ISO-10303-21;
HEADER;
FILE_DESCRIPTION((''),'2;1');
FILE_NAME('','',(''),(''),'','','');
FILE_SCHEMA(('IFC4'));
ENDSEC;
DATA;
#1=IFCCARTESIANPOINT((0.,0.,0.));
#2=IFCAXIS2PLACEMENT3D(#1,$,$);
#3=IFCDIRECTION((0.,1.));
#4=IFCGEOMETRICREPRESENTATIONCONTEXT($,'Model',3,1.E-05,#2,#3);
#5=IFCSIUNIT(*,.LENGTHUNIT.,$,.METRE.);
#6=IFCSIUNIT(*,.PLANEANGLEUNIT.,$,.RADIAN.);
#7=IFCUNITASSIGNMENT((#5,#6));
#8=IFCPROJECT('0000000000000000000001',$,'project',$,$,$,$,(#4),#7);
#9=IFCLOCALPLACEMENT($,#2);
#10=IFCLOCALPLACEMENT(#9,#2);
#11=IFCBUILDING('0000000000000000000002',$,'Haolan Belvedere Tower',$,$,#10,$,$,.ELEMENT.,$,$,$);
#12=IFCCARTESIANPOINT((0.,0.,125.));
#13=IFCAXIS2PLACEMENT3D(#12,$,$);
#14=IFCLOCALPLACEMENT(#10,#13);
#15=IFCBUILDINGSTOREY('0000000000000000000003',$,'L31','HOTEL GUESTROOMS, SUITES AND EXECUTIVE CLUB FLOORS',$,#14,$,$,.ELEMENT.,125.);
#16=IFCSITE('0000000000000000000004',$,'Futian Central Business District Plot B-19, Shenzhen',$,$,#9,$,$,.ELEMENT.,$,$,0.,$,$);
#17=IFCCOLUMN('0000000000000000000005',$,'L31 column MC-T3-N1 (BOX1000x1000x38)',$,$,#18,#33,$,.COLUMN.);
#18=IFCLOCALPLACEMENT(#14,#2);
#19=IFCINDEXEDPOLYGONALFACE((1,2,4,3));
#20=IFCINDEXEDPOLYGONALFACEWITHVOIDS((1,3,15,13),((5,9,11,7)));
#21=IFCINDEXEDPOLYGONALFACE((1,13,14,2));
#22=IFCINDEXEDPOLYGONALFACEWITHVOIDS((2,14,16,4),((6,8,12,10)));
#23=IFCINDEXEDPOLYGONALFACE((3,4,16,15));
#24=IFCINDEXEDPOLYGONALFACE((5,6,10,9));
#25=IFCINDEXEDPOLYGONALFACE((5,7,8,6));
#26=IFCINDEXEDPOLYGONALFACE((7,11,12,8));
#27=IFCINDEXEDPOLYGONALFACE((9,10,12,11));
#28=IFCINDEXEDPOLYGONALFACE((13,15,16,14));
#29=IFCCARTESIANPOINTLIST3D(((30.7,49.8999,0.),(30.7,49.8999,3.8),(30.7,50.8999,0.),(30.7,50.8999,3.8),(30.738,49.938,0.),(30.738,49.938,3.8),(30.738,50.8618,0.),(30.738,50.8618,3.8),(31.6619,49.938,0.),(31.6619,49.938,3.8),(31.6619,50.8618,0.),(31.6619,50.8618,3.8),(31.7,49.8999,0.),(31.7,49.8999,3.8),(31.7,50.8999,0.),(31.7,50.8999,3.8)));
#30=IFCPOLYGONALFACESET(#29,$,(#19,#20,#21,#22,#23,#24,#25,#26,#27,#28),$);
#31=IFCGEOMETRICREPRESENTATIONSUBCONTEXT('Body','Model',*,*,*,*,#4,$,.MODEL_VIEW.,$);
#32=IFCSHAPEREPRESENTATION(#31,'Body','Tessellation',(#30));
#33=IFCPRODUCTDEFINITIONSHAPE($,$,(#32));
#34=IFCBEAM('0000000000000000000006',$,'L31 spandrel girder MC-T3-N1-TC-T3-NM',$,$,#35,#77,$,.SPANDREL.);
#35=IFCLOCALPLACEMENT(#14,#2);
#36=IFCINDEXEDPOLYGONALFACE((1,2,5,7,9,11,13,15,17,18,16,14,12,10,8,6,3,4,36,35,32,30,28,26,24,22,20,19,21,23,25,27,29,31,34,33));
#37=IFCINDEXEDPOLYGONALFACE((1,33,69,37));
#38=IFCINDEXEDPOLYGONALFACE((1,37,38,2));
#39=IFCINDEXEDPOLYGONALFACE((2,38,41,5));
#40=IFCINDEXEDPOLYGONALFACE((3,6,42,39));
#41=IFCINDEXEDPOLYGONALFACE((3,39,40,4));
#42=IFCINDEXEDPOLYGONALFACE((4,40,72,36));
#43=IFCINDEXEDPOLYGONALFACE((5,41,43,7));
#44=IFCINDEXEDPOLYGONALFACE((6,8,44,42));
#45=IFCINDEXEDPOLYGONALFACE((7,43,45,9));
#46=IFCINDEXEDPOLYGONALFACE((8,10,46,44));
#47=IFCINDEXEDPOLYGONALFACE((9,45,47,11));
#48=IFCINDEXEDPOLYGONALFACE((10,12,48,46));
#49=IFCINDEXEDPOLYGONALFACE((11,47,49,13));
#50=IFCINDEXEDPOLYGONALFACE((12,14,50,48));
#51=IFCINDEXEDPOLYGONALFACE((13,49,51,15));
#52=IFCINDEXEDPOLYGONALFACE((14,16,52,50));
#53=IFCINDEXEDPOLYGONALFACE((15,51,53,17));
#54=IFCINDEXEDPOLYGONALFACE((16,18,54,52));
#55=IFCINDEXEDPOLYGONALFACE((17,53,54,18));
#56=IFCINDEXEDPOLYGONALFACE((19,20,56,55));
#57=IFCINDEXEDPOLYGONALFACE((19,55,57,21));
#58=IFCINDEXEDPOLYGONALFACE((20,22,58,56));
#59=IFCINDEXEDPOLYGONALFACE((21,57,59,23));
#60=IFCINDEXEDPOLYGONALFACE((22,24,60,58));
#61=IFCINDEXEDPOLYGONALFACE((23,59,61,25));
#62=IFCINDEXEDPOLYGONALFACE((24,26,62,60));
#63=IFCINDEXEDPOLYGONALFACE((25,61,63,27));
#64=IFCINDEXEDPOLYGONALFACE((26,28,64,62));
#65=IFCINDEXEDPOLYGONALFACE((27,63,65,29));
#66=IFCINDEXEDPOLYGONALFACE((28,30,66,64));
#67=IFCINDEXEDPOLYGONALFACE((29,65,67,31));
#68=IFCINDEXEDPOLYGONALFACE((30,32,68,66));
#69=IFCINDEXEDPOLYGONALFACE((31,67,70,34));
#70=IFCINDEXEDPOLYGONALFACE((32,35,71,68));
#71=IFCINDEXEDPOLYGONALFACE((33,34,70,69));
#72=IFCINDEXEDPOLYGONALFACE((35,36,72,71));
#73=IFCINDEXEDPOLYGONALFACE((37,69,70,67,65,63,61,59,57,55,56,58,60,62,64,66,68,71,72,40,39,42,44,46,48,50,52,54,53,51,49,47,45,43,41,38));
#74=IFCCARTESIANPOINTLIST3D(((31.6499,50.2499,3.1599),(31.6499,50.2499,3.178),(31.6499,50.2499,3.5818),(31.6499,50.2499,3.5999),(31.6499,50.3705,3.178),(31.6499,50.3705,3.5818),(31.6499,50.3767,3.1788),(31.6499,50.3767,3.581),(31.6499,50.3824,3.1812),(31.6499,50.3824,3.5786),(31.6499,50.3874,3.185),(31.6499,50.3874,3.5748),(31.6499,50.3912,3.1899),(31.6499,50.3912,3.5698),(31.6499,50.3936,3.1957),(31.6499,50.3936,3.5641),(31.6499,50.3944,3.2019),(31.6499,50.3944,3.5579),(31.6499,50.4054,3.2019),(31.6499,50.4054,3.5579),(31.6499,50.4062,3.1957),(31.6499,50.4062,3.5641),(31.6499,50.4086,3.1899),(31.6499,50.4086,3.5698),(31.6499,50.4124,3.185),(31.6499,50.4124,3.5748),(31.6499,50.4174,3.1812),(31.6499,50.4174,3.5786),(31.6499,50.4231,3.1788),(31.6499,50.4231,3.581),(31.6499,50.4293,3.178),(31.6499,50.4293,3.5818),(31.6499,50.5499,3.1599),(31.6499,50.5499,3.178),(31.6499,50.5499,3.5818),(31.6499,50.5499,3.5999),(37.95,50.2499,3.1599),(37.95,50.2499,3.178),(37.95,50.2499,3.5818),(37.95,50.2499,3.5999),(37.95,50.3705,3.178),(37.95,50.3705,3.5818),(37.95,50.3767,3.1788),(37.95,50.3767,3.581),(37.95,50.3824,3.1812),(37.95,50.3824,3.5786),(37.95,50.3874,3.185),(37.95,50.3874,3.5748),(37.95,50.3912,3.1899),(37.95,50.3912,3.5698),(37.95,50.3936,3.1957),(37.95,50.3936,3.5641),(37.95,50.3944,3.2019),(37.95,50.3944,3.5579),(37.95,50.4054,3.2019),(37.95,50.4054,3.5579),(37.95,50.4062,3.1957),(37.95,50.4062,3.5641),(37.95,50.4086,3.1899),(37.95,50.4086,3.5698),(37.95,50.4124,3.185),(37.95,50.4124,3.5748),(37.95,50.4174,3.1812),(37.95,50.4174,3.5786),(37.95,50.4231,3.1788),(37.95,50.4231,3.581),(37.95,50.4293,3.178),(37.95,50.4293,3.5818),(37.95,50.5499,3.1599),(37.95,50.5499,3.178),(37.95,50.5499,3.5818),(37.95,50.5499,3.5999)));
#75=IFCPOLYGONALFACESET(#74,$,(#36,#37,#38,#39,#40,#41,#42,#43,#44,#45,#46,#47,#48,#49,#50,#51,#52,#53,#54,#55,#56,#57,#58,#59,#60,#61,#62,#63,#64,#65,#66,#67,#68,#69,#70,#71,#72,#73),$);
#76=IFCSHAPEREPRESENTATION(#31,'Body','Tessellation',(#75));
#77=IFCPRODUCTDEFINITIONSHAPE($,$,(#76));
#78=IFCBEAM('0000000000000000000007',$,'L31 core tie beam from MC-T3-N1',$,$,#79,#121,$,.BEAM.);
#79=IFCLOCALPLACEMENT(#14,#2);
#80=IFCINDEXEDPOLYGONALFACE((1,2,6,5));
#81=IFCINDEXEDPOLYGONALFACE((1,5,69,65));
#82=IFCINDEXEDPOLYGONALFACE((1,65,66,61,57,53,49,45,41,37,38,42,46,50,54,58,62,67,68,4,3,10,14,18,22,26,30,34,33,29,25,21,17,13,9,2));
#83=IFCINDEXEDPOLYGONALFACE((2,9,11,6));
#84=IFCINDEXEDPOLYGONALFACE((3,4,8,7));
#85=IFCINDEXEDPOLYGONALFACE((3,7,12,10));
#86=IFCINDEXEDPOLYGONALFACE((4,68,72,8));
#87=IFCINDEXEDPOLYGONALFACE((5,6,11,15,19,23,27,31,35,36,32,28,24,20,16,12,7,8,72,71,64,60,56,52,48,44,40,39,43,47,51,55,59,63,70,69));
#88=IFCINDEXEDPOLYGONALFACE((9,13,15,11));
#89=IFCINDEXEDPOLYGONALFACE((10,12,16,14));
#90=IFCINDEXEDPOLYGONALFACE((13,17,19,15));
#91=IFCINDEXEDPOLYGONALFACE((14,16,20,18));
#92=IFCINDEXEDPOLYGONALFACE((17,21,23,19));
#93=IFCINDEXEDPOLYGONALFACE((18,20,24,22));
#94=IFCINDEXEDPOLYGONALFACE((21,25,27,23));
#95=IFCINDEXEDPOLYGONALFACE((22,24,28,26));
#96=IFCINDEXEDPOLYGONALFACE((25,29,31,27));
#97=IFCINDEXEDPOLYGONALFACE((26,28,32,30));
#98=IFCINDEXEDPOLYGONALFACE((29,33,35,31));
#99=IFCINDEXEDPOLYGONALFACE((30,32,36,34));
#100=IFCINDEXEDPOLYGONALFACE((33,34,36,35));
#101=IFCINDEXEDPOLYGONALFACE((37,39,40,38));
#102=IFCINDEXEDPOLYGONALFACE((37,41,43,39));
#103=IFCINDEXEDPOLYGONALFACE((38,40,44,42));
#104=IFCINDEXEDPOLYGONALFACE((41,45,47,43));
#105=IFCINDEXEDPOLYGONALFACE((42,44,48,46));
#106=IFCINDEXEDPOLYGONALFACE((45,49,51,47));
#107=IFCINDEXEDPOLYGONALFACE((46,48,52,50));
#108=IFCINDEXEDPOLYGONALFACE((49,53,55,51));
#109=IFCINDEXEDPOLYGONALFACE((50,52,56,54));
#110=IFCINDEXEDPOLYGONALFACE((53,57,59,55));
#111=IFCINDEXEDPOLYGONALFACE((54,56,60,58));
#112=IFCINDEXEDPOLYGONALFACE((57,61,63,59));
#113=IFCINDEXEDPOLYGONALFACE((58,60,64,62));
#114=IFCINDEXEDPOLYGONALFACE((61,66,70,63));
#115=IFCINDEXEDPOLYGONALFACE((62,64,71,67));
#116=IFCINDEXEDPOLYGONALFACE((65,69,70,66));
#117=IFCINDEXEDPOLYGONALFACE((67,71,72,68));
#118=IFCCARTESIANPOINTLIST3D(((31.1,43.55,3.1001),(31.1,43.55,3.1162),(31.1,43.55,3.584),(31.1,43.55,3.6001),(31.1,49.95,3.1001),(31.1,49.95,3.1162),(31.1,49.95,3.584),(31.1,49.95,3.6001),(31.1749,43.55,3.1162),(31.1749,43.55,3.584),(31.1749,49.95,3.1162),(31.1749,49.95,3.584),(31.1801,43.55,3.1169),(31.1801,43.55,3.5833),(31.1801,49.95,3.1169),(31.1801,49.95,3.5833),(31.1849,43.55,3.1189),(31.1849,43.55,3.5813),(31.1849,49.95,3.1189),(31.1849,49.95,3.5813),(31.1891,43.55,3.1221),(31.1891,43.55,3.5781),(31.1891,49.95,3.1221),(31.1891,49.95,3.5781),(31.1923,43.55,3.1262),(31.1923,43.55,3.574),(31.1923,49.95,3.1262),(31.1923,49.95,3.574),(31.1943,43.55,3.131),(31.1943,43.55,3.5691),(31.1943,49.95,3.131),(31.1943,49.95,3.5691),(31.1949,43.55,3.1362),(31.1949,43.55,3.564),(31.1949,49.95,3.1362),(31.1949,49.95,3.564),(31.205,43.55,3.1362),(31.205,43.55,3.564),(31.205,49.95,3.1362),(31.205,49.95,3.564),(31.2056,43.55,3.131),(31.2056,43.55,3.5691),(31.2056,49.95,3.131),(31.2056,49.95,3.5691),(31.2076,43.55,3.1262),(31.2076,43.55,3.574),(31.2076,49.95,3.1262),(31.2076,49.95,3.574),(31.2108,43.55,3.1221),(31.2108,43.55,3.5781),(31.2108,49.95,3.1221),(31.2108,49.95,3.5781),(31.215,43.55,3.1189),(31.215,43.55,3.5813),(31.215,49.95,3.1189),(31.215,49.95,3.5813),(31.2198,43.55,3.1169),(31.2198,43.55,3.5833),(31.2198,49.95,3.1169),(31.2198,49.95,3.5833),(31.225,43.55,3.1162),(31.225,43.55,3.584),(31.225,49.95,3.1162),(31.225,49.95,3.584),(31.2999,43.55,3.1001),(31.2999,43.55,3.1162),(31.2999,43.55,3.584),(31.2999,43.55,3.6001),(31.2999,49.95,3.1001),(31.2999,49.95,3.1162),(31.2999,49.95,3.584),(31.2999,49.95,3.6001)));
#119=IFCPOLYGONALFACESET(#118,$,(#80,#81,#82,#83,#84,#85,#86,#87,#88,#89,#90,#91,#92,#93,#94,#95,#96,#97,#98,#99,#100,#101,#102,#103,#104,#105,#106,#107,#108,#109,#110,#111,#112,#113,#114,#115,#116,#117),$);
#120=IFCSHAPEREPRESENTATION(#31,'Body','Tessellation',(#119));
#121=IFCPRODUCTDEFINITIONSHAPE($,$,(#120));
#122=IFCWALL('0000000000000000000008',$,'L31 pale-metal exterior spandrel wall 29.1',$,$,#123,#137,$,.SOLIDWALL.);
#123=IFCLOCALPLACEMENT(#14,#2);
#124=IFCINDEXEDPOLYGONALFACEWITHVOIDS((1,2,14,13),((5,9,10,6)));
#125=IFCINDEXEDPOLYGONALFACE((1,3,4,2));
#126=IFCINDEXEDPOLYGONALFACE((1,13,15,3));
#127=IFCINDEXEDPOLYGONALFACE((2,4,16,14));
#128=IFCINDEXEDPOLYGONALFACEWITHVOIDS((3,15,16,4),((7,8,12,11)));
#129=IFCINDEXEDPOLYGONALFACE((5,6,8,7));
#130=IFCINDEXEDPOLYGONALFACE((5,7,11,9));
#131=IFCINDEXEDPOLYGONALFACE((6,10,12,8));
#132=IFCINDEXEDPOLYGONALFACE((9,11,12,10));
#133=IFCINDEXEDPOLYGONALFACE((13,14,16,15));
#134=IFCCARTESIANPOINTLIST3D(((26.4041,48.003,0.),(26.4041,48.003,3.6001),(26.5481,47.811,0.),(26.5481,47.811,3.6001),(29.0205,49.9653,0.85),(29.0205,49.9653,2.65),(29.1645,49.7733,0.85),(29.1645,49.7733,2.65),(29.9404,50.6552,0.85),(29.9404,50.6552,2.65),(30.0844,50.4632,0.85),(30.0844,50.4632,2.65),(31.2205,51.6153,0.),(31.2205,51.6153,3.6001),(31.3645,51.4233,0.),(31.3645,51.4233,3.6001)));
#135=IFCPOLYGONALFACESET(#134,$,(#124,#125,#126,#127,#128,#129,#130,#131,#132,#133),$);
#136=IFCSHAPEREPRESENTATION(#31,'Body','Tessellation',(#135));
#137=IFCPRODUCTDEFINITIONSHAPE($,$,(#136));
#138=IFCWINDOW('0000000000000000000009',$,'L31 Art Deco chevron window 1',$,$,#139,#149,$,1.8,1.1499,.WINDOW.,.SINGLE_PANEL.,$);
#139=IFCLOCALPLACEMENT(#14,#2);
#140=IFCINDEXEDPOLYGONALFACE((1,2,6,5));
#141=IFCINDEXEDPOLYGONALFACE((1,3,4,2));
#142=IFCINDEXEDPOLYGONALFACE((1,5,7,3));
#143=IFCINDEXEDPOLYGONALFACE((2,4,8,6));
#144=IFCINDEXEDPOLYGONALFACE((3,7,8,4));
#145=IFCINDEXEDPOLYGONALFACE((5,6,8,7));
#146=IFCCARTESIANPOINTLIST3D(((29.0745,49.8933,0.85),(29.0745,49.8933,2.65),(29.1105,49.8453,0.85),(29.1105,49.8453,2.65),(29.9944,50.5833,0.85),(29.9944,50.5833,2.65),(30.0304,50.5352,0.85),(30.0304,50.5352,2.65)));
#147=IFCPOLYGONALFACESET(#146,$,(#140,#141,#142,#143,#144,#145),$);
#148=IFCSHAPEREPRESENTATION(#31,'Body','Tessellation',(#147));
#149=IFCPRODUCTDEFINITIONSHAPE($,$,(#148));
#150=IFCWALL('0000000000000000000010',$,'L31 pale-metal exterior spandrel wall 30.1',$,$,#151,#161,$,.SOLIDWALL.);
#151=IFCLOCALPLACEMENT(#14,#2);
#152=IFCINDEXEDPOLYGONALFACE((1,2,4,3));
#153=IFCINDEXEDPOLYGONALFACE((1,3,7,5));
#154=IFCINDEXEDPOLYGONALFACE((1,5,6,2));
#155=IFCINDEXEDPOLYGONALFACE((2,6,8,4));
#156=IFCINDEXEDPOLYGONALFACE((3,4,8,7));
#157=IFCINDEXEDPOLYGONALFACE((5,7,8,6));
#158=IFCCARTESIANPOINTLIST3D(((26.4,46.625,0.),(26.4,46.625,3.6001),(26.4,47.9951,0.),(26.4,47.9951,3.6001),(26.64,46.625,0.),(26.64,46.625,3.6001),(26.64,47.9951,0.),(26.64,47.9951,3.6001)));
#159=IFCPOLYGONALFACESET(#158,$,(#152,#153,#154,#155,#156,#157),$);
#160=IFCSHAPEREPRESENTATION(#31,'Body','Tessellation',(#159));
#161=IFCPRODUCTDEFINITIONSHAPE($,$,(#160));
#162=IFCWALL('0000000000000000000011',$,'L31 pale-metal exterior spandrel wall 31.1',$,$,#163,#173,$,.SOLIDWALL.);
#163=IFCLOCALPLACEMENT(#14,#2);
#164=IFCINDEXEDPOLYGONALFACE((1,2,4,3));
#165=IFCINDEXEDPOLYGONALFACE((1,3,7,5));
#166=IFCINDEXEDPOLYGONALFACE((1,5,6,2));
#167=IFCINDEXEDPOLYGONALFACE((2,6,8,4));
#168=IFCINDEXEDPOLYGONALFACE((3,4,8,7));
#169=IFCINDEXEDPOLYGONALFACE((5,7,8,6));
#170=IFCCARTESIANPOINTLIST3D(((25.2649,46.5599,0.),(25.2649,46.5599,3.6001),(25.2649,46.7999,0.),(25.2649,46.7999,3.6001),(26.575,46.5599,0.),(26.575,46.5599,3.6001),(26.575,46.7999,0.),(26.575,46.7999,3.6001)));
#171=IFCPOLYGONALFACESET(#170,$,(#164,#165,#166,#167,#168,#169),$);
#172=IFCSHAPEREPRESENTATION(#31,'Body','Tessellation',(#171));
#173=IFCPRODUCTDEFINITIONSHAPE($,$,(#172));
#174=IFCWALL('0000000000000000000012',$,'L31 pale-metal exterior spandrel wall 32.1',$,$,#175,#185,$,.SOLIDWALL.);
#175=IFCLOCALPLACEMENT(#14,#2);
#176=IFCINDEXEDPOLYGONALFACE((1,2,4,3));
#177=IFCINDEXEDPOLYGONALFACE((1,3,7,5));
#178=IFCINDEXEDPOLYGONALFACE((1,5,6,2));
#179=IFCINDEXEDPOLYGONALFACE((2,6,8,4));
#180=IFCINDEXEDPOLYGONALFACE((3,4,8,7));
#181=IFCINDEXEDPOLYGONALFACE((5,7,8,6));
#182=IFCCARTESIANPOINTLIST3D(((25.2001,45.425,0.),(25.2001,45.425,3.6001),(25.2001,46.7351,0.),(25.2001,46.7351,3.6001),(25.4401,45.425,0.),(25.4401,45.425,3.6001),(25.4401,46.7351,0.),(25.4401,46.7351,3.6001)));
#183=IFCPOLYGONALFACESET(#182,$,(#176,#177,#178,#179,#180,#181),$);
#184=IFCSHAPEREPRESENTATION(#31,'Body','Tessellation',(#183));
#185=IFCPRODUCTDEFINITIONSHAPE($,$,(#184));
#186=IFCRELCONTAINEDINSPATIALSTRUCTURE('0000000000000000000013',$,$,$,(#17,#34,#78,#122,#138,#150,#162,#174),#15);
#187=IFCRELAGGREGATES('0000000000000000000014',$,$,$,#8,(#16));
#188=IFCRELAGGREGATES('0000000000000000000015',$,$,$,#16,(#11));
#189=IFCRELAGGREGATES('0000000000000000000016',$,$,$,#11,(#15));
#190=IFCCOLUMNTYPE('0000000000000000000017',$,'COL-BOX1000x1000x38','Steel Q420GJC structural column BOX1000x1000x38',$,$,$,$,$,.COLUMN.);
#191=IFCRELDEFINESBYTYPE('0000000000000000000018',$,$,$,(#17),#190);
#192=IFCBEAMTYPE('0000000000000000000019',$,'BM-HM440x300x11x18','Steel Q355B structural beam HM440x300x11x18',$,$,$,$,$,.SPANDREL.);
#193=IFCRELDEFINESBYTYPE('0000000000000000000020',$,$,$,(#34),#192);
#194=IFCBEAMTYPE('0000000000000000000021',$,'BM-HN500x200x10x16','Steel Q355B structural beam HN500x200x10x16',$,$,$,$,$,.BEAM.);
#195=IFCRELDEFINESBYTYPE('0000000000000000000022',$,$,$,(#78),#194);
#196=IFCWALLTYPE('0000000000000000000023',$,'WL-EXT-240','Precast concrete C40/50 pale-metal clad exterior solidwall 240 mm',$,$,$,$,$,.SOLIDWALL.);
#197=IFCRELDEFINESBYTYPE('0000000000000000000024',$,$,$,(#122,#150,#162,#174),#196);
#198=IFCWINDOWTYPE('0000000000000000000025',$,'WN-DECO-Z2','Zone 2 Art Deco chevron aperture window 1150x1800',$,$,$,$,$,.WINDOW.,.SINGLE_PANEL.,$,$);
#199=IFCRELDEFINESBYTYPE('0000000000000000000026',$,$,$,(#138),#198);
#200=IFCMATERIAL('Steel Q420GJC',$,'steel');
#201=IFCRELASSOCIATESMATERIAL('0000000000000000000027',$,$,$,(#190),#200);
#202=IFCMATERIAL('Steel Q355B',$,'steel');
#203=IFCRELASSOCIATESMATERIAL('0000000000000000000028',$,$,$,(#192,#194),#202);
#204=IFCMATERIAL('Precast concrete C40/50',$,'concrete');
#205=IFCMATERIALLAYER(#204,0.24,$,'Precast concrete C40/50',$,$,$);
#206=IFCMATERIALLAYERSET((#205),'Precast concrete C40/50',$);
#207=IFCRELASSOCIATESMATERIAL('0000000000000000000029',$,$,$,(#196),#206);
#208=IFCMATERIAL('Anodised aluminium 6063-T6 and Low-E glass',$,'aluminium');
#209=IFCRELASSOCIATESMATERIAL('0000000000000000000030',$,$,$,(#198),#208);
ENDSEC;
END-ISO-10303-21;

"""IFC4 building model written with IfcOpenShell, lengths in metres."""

from ifc_helpers import new_model, si_unit, direction, frame, frame_2d, origin, origin_2d, place, context, subcontext, project, spatial, rectangle, hollow_rectangle, i_section, extrude, material, layer, layer_set, material_profile, profile_set, type_object, element, fill, save


model = new_model("IFC4")

# Units and contexts
model_context = context("Model", 3, precision=1e-05, world=origin(), true_north=direction((0.0, 1.0)))
body_context = subcontext(model_context, "Body", "Model", "MODEL_VIEW")
ifc_project = project(units=[si_unit("LENGTHUNIT", "METRE"), si_unit("PLANEANGLEUNIT", "RADIAN")], contexts=[model_context])

# Site, building, storey
site_placement = place(None, origin())
site = spatial("IfcSite", under=ifc_project, at=site_placement, Name="Futian Central Business District Plot B-19, Shenzhen", CompositionType="ELEMENT", RefElevation=0.0)
building_placement = place(site_placement, origin())
building = spatial("IfcBuilding", under=site, at=building_placement, Name="Haolan Belvedere Tower", CompositionType="ELEMENT")
storey_placement = place(building_placement, frame((0.0, 0.0, 125.0)))
storey = spatial("IfcBuildingStorey", under=building, at=storey_placement, Name="L31", Description="HOTEL GUESTROOMS, SUITES AND EXECUTIVE CLUB FLOORS", CompositionType="ELEMENT", Elevation=125.0)

# Column
ifc_material_1 = material(Name="Steel Q420GJC", Category="steel")
ifc_material_profile_1 = material_profile(ifc_material_1, hollow_rectangle(XDim=1.0, YDim=1.0, WallThickness=0.0381, at=origin_2d()), Name="Steel Q420GJC")
ifc_profile_set_1 = profile_set([ifc_material_profile_1], Name="Steel Q420GJC")
column_type = type_object("IfcColumnType", Name="COL-BOX1000x1000x38", Description="Steel Q420GJC structural column BOX1000x1000x38", PredefinedType="COLUMN", material=ifc_profile_set_1)
column_placement = place(storey_placement, frame((31.2, 50.3999, 0.0), z_axis=(0.0, 0.0, 1.0), x_axis=(1.0, 0.0, 0.0)))
element("IfcColumn", 1, at=column_placement, inside=storey, type_object=column_type, Name="L31 column MC-T3-N1 (BOX1000x1000x38)", PredefinedType="COLUMN", context=body_context, shape_type="SweptSolid", body=[
    extrude(hollow_rectangle(XDim=1.0, YDim=1.0, WallThickness=0.0381, at=origin_2d()), origin(), (0.0, 0.0, 1.0), 3.8),
])

# Beams
ifc_material_2 = material(Name="Steel Q355B", Category="steel")
ifc_material_profile_2 = material_profile(ifc_material_2, i_section(OverallWidth=0.3, OverallDepth=0.4399, WebThickness=0.011, FlangeThickness=0.0181, FilletRadius=0.0239, at=origin_2d()), Name="Steel Q355B")
ifc_profile_set_2 = profile_set([ifc_material_profile_2], Name="Steel Q355B")
beam_type_1 = type_object("IfcBeamType", Name="BM-HM440x300x11x18", Description="Steel Q355B structural beam HM440x300x11x18", PredefinedType="SPANDREL", material=ifc_profile_set_2)
beam_1_placement = place(storey_placement, frame((31.6499, 50.3999, 3.3799), z_axis=(1.0, 0.0, 0.0), x_axis=(0.0, 1.0, 0.0)))
element("IfcBeam", 2, at=beam_1_placement, inside=storey, type_object=beam_type_1, Name="L31 spandrel girder MC-T3-N1-TC-T3-NM", PredefinedType="SPANDREL", context=body_context, shape_type="SweptSolid", body=[
    extrude(i_section(OverallWidth=0.3, OverallDepth=0.4399, WebThickness=0.011, FlangeThickness=0.0181, FilletRadius=0.0239, at=origin_2d()), origin(), (0.0, 0.0, 1.0), 6.3),
])
ifc_material_profile_3 = material_profile(ifc_material_2, i_section(OverallWidth=0.2, OverallDepth=0.5, WebThickness=0.01, FlangeThickness=0.0161, FilletRadius=0.02, at=origin_2d()), Name="Steel Q355B")
ifc_profile_set_3 = profile_set([ifc_material_profile_3], Name="Steel Q355B")
beam_type_2 = type_object("IfcBeamType", Name="BM-HN500x200x10x16", Description="Steel Q355B structural beam HN500x200x10x16", PredefinedType="BEAM", material=ifc_profile_set_3)
beam_2_placement = place(storey_placement, frame((31.2, 49.95, 3.3501), z_axis=(0.0, -1.0, 0.0), x_axis=(1.0, 0.0, 0.0)))
element("IfcBeam", 3, at=beam_2_placement, inside=storey, type_object=beam_type_2, Name="L31 core tie beam from MC-T3-N1", PredefinedType="BEAM", context=body_context, shape_type="SweptSolid", body=[
    extrude(i_section(OverallWidth=0.2, OverallDepth=0.5, WebThickness=0.01, FlangeThickness=0.0161, FilletRadius=0.02, at=origin_2d()), origin(), (0.0, 0.0, 1.0), 6.3999),
])

# Wall, opening, window
ifc_material_3 = material(Name="Precast concrete C40/50", Category="concrete")
ifc_layer_1 = layer(ifc_material_3, 0.24, Name="Precast concrete C40/50")
ifc_layer_set_1 = layer_set([ifc_layer_1], Name="Precast concrete C40/50")
wall_type_1 = type_object("IfcWallType", Name="WL-EXT-240", Description="Precast concrete C40/50 pale-metal clad exterior solidwall 240 mm", PredefinedType="SOLIDWALL", material=ifc_layer_set_1)
wall_1_placement = place(storey_placement, frame((31.2925, 51.5193, 0.0), z_axis=(0.0, 0.0, 1.0), x_axis=(-0.8, -0.6, 0.0)))
wall_1 = element("IfcWall", 4, at=wall_1_placement, inside=storey, type_object=wall_type_1, Name="L31 pale-metal exterior spandrel wall 29.1", PredefinedType="SOLIDWALL", context=body_context, shape_type="SweptSolid", body=[
    extrude(rectangle(XDim=6.0205, YDim=0.24, at=frame_2d((3.0103, 0.0))), origin(), (0.0, 0.0, 1.0), 3.6001),
])
opening_1_placement = place(wall_1_placement, frame((1.6001, 0.0, 0.8501)))
opening_1 = element("IfcOpeningElement", 5, at=opening_1_placement, cuts=wall_1, PredefinedType="OPENING", context=body_context, shape_type="SweptSolid", body=[
    extrude(rectangle(XDim=1.1499, YDim=1.8, at=frame_2d((0.575, 0.8999))), frame((0.0, 0.1299, 0.0), z_axis=(0.0, -1.0, 0.0), x_axis=(1.0, 0.0, 0.0)), (0.0, 0.0, 1.0), 0.26),
])
ifc_material_4 = material(Name="Anodised aluminium 6063-T6 and Low-E glass", Category="aluminium")
window_type = type_object("IfcWindowType", Name="WN-DECO-Z2", Description="Zone 2 Art Deco chevron aperture window 1150x1800", PartitioningType="SINGLE_PANEL", PredefinedType="WINDOW", material=ifc_material_4)
window_placement = place(opening_1_placement, origin())
window = element("IfcWindow", 6, at=window_placement, inside=storey, type_object=window_type, Name="L31 Art Deco chevron window 1", OverallHeight=1.8, OverallWidth=1.1499, PartitioningType="SINGLE_PANEL", PredefinedType="WINDOW", context=body_context, shape_type="SweptSolid", body=[
    extrude(rectangle(XDim=1.1499, YDim=1.8, at=frame_2d((0.575, 0.8999))), frame((0.0, 0.03, 0.0), z_axis=(0.0, -1.0, 0.0), x_axis=(1.0, 0.0, 0.0)), (0.0, 0.0, 1.0), 0.0601),
])
fill(opening_1, window)

# Walls
wall_2_placement = place(storey_placement, frame((26.52, 47.9951, 0.0), z_axis=(0.0, 0.0, 1.0), x_axis=(0.0, -1.0, 0.0)))
element("IfcWall", 7, at=wall_2_placement, inside=storey, type_object=wall_type_1, Name="L31 pale-metal exterior spandrel wall 30.1", PredefinedType="SOLIDWALL", context=body_context, shape_type="SweptSolid", body=[
    extrude(rectangle(XDim=1.3701, YDim=0.24, at=frame_2d((0.6851, 0.0))), origin(), (0.0, 0.0, 1.0), 3.6001),
])
for number, where, z_axis, x_axis, name in (
    (8, (26.575, 46.6799, 0.0), (0.0, 0.0, 1.0), (-1.0, 0.0, 0.0), "L31 pale-metal exterior spandrel wall 31.1"),
    (9, (25.3201, 46.7351, 0.0), (0.0, 0.0, 1.0), (0.0, -1.0, 0.0), "L31 pale-metal exterior spandrel wall 32.1"),
):
    element("IfcWall", number, at=place(storey_placement, frame(where, z_axis=z_axis, x_axis=x_axis)), inside=storey, type_object=wall_type_1, Name=name, PredefinedType="SOLIDWALL", context=body_context, shape_type="SweptSolid", body=[
        extrude(rectangle(XDim=1.3101, YDim=0.24, at=frame_2d((0.655, 0.0))), origin(), (0.0, 0.0, 1.0), 3.6001),
    ])

save(model, "model.ifc")
